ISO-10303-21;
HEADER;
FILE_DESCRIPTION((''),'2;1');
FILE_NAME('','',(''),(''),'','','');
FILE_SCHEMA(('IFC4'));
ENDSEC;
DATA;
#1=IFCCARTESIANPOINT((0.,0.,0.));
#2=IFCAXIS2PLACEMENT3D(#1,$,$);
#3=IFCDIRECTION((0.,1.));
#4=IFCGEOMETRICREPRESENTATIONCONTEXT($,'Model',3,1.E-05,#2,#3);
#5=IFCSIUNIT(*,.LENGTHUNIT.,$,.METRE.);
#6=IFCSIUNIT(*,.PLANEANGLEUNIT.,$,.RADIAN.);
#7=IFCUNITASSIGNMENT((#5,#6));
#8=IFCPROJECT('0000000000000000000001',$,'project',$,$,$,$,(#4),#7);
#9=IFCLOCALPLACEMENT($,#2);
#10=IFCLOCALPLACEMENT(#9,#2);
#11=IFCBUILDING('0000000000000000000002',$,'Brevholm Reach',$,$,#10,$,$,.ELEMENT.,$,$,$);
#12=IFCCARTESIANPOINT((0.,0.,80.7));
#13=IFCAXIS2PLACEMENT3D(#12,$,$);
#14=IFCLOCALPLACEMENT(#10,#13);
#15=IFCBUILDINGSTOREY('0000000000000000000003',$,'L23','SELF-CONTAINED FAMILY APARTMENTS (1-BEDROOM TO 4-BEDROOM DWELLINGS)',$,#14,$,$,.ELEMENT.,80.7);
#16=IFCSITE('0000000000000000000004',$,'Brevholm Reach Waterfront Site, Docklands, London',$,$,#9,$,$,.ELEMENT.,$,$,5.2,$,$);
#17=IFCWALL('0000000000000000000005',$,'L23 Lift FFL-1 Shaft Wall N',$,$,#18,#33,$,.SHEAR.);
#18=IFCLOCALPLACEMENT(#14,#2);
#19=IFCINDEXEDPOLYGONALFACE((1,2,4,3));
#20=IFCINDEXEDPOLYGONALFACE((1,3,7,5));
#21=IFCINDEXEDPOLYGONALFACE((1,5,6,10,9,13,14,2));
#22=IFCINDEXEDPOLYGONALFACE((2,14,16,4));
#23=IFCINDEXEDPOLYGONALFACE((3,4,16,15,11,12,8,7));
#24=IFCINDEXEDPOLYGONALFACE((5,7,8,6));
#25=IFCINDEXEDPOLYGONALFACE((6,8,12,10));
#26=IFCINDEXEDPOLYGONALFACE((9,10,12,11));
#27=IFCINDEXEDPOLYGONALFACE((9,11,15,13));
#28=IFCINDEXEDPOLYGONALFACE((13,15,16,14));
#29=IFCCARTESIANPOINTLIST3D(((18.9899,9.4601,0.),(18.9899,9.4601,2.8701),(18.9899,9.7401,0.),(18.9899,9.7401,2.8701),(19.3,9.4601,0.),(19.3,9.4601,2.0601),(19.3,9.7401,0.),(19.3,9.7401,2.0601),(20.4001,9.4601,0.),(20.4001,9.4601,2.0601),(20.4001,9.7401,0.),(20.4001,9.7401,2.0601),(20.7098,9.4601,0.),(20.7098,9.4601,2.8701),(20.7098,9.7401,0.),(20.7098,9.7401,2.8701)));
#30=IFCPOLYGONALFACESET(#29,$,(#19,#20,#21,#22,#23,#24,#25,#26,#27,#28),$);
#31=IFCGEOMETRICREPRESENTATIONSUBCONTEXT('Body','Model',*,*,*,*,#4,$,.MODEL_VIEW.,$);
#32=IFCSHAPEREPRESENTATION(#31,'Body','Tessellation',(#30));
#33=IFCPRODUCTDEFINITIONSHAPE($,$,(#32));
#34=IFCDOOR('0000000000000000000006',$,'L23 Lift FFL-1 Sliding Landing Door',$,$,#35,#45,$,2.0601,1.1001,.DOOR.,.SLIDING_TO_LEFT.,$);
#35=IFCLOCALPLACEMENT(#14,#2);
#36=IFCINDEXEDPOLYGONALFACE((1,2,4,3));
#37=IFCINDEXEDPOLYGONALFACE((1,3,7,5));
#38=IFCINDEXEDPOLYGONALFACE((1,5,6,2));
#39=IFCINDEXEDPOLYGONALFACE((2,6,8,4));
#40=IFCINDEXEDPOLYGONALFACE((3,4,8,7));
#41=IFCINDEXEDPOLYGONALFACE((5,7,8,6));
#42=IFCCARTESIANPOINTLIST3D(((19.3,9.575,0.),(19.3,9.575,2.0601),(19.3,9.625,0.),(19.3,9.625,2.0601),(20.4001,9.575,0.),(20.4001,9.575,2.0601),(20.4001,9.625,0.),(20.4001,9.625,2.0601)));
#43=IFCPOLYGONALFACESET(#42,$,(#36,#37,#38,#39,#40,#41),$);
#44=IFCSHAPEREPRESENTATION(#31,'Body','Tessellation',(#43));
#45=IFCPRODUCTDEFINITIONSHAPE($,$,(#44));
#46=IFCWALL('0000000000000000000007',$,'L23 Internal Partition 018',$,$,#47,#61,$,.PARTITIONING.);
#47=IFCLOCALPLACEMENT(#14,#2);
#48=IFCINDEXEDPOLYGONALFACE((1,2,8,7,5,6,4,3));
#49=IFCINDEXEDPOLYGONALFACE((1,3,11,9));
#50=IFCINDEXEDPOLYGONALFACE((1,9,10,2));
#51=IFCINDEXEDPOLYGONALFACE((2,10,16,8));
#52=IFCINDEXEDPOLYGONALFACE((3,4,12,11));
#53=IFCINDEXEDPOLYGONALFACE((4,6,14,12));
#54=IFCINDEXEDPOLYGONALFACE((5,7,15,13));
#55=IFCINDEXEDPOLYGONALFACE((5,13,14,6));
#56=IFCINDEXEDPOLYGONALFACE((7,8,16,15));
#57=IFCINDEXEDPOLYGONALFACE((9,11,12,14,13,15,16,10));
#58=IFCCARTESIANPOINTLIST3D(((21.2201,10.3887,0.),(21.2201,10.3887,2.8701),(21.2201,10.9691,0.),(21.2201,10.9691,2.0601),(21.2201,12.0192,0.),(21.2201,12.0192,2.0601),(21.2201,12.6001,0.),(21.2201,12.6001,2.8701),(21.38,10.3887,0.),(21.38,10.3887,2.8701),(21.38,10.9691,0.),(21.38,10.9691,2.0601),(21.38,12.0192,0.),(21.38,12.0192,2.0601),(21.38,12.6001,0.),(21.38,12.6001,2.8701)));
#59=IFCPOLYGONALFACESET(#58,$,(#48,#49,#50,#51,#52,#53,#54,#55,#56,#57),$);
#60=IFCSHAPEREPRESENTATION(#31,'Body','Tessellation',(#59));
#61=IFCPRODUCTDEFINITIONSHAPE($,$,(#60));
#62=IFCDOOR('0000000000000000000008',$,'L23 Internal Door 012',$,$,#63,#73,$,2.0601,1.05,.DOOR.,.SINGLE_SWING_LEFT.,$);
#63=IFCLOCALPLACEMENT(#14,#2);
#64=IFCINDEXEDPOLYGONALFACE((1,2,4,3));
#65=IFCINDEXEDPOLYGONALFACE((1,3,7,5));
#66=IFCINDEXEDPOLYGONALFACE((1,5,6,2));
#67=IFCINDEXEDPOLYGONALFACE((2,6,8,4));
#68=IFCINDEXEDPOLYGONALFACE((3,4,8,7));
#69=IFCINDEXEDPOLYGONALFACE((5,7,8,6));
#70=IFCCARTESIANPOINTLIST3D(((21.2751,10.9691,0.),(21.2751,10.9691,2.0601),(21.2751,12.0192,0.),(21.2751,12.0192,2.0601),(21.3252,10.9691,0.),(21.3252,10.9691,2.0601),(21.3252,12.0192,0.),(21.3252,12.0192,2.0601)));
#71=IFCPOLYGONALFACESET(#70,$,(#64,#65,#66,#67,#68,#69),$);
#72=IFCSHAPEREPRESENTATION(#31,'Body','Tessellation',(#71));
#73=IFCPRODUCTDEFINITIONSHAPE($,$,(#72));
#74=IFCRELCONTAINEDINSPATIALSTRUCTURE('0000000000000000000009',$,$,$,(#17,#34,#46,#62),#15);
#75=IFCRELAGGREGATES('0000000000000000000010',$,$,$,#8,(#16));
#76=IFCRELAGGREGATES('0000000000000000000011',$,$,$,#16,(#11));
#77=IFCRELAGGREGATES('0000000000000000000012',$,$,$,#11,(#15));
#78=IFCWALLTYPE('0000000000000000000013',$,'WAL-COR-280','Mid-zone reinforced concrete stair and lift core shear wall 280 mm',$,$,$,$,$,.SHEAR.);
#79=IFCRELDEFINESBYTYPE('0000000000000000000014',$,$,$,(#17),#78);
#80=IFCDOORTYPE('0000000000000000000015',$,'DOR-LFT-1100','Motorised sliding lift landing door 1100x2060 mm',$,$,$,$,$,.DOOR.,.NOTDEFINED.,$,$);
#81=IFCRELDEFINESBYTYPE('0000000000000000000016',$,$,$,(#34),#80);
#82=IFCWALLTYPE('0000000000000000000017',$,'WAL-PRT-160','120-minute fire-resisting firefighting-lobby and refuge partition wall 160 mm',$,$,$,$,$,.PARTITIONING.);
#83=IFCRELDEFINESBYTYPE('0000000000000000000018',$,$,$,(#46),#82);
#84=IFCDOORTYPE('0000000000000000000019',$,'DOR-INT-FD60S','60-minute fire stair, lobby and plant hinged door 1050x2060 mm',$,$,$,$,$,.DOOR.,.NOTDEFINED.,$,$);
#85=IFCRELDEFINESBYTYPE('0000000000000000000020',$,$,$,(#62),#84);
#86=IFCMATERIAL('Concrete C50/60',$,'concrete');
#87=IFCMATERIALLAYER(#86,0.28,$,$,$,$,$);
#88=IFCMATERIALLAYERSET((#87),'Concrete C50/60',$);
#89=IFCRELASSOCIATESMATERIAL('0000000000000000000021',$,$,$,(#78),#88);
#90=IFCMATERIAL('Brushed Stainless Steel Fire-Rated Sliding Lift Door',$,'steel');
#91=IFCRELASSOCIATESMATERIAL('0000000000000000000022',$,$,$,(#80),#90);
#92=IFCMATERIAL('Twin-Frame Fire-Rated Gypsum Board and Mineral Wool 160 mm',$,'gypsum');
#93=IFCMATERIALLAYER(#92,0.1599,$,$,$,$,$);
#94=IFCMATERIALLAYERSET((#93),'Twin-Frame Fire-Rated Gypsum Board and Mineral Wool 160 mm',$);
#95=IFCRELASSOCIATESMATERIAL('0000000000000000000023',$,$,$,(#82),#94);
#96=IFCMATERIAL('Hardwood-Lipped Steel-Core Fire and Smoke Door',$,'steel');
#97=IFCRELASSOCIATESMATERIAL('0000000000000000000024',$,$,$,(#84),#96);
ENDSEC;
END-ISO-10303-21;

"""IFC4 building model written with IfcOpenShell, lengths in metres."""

from ifc_helpers import new_model, si_unit, direction, frame, frame_2d, origin, place, context, subcontext, project, spatial, rectangle, extrude, material, layer, layer_set, type_object, element, fill, save


model = new_model("IFC4")

# Units and contexts
model_context = context("Model", 3, precision=1e-05, world=origin(), true_north=direction((0.0, 1.0)))
body_context = subcontext(model_context, "Body", "Model", "MODEL_VIEW")
ifc_project = project(units=[si_unit("LENGTHUNIT", "METRE"), si_unit("PLANEANGLEUNIT", "RADIAN")], contexts=[model_context])

# Site, building, storey
site_placement = place(None, origin())
site = spatial("IfcSite", under=ifc_project, at=site_placement, Name="Brevholm Reach Waterfront Site, Docklands, London", CompositionType="ELEMENT", RefElevation=5.2)
building_placement = place(site_placement, origin())
building = spatial("IfcBuilding", under=site, at=building_placement, Name="Brevholm Reach", CompositionType="ELEMENT")
storey_placement = place(building_placement, frame((0.0, 0.0, 80.7)))
storey = spatial("IfcBuildingStorey", under=building, at=storey_placement, Name="L23", Description="SELF-CONTAINED FAMILY APARTMENTS (1-BEDROOM TO 4-BEDROOM DWELLINGS)", CompositionType="ELEMENT", Elevation=80.7)

# Walls, openings, doors
ifc_material_1 = material(Name="Concrete C50/60", Category="concrete")
ifc_layer_1 = layer(ifc_material_1, 0.28)
ifc_layer_set_1 = layer_set([ifc_layer_1], Name="Concrete C50/60")
wall_type_1 = type_object("IfcWallType", Name="WAL-COR-280", Description="Mid-zone reinforced concrete stair and lift core shear wall 280 mm", PredefinedType="SHEAR", material=ifc_layer_set_1)
wall_1_placement = place(storey_placement, frame((18.99, 9.6001, 0.0), z_axis=(0.0, 0.0, 1.0), x_axis=(1.0, 0.0, 0.0)))
wall_1 = element("IfcWall", 1, at=wall_1_placement, inside=storey, type_object=wall_type_1, Name="L23 Lift FFL-1 Shaft Wall N", PredefinedType="SHEAR", context=body_context, shape_type="SweptSolid", body=[
    extrude(rectangle(XDim=1.72, YDim=0.28, at=frame_2d((0.8599, 0.0))), origin(), (0.0, 0.0, 1.0), 2.8701),
])
opening_1_placement = place(wall_1_placement, frame((0.3101, 0.0, 0.0)))
opening_1 = element("IfcOpeningElement", 2, at=opening_1_placement, cuts=wall_1, PredefinedType="OPENING", context=body_context, shape_type="SweptSolid", body=[
    extrude(rectangle(XDim=1.1001, YDim=2.0601, at=frame_2d((0.55, 1.03))), frame((0.0, 0.1499, 0.0), z_axis=(0.0, -1.0, 0.0), x_axis=(1.0, 0.0, 0.0)), (0.0, 0.0, 1.0), 0.3),
])
ifc_material_2 = material(Name="Brushed Stainless Steel Fire-Rated Sliding Lift Door", Category="steel")
door_type_1 = type_object("IfcDoorType", Name="DOR-LFT-1100", Description="Motorised sliding lift landing door 1100x2060 mm", OperationType="NOTDEFINED", PredefinedType="DOOR", material=ifc_material_2)
door_1_placement = place(opening_1_placement, origin())
door_1 = element("IfcDoor", 3, at=door_1_placement, inside=storey, type_object=door_type_1, Name="L23 Lift FFL-1 Sliding Landing Door", OperationType="SLIDING_TO_LEFT", OverallHeight=2.0601, OverallWidth=1.1001, PredefinedType="DOOR", context=body_context, shape_type="SweptSolid", body=[
    extrude(rectangle(XDim=1.1001, YDim=2.0601, at=frame_2d((0.55, 1.03))), frame((0.0, 0.0249, 0.0), z_axis=(0.0, -1.0, 0.0), x_axis=(1.0, 0.0, 0.0)), (0.0, 0.0, 1.0), 0.05),
])
fill(opening_1, door_1)
ifc_material_3 = material(Name="Twin-Frame Fire-Rated Gypsum Board and Mineral Wool 160 mm", Category="gypsum")
ifc_layer_2 = layer(ifc_material_3, 0.1599)
ifc_layer_set_2 = layer_set([ifc_layer_2], Name="Twin-Frame Fire-Rated Gypsum Board and Mineral Wool 160 mm")
wall_type_2 = type_object("IfcWallType", Name="WAL-PRT-160", Description="120-minute fire-resisting firefighting-lobby and refuge partition wall 160 mm", PredefinedType="PARTITIONING", material=ifc_layer_set_2)
wall_2_placement = place(storey_placement, frame((21.3, 10.3887, 0.0), z_axis=(0.0, 0.0, 1.0), x_axis=(0.0, 1.0, 0.0)))
wall_2 = element("IfcWall", 4, at=wall_2_placement, inside=storey, type_object=wall_type_2, Name="L23 Internal Partition 018", PredefinedType="PARTITIONING", context=body_context, shape_type="SweptSolid", body=[
    extrude(rectangle(XDim=2.2114, YDim=0.1599, at=frame_2d((1.1057, 0.0))), origin(), (0.0, 0.0, 1.0), 2.8701),
])
opening_2_placement = place(wall_2_placement, frame((0.5806, 0.0, 0.0)))
opening_2 = element("IfcOpeningElement", 5, at=opening_2_placement, cuts=wall_2, PredefinedType="OPENING", context=body_context, shape_type="SweptSolid", body=[
    extrude(rectangle(XDim=1.05, YDim=2.0601, at=frame_2d((0.5249, 1.03))), frame((0.0, 0.0898, 0.0), z_axis=(0.0, -1.0, 0.0), x_axis=(1.0, 0.0, 0.0)), (0.0, 0.0, 1.0), 0.1799),
])
ifc_material_4 = material(Name="Hardwood-Lipped Steel-Core Fire and Smoke Door", Category="steel")
door_type_2 = type_object("IfcDoorType", Name="DOR-INT-FD60S", Description="60-minute fire stair, lobby and plant hinged door 1050x2060 mm", OperationType="NOTDEFINED", PredefinedType="DOOR", material=ifc_material_4)
door_2_placement = place(opening_2_placement, origin())
door_2 = element("IfcDoor", 6, at=door_2_placement, inside=storey, type_object=door_type_2, Name="L23 Internal Door 012", OperationType="SINGLE_SWING_LEFT", OverallHeight=2.0601, OverallWidth=1.05, PredefinedType="DOOR", context=body_context, shape_type="SweptSolid", body=[
    extrude(rectangle(XDim=1.05, YDim=2.0601, at=frame_2d((0.5249, 1.03))), frame((0.0, 0.0249, 0.0), z_axis=(0.0, -1.0, 0.0), x_axis=(1.0, 0.0, 0.0)), (0.0, 0.0, 1.0), 0.05),
])
fill(opening_2, door_2)

save(model, "model.ifc")
